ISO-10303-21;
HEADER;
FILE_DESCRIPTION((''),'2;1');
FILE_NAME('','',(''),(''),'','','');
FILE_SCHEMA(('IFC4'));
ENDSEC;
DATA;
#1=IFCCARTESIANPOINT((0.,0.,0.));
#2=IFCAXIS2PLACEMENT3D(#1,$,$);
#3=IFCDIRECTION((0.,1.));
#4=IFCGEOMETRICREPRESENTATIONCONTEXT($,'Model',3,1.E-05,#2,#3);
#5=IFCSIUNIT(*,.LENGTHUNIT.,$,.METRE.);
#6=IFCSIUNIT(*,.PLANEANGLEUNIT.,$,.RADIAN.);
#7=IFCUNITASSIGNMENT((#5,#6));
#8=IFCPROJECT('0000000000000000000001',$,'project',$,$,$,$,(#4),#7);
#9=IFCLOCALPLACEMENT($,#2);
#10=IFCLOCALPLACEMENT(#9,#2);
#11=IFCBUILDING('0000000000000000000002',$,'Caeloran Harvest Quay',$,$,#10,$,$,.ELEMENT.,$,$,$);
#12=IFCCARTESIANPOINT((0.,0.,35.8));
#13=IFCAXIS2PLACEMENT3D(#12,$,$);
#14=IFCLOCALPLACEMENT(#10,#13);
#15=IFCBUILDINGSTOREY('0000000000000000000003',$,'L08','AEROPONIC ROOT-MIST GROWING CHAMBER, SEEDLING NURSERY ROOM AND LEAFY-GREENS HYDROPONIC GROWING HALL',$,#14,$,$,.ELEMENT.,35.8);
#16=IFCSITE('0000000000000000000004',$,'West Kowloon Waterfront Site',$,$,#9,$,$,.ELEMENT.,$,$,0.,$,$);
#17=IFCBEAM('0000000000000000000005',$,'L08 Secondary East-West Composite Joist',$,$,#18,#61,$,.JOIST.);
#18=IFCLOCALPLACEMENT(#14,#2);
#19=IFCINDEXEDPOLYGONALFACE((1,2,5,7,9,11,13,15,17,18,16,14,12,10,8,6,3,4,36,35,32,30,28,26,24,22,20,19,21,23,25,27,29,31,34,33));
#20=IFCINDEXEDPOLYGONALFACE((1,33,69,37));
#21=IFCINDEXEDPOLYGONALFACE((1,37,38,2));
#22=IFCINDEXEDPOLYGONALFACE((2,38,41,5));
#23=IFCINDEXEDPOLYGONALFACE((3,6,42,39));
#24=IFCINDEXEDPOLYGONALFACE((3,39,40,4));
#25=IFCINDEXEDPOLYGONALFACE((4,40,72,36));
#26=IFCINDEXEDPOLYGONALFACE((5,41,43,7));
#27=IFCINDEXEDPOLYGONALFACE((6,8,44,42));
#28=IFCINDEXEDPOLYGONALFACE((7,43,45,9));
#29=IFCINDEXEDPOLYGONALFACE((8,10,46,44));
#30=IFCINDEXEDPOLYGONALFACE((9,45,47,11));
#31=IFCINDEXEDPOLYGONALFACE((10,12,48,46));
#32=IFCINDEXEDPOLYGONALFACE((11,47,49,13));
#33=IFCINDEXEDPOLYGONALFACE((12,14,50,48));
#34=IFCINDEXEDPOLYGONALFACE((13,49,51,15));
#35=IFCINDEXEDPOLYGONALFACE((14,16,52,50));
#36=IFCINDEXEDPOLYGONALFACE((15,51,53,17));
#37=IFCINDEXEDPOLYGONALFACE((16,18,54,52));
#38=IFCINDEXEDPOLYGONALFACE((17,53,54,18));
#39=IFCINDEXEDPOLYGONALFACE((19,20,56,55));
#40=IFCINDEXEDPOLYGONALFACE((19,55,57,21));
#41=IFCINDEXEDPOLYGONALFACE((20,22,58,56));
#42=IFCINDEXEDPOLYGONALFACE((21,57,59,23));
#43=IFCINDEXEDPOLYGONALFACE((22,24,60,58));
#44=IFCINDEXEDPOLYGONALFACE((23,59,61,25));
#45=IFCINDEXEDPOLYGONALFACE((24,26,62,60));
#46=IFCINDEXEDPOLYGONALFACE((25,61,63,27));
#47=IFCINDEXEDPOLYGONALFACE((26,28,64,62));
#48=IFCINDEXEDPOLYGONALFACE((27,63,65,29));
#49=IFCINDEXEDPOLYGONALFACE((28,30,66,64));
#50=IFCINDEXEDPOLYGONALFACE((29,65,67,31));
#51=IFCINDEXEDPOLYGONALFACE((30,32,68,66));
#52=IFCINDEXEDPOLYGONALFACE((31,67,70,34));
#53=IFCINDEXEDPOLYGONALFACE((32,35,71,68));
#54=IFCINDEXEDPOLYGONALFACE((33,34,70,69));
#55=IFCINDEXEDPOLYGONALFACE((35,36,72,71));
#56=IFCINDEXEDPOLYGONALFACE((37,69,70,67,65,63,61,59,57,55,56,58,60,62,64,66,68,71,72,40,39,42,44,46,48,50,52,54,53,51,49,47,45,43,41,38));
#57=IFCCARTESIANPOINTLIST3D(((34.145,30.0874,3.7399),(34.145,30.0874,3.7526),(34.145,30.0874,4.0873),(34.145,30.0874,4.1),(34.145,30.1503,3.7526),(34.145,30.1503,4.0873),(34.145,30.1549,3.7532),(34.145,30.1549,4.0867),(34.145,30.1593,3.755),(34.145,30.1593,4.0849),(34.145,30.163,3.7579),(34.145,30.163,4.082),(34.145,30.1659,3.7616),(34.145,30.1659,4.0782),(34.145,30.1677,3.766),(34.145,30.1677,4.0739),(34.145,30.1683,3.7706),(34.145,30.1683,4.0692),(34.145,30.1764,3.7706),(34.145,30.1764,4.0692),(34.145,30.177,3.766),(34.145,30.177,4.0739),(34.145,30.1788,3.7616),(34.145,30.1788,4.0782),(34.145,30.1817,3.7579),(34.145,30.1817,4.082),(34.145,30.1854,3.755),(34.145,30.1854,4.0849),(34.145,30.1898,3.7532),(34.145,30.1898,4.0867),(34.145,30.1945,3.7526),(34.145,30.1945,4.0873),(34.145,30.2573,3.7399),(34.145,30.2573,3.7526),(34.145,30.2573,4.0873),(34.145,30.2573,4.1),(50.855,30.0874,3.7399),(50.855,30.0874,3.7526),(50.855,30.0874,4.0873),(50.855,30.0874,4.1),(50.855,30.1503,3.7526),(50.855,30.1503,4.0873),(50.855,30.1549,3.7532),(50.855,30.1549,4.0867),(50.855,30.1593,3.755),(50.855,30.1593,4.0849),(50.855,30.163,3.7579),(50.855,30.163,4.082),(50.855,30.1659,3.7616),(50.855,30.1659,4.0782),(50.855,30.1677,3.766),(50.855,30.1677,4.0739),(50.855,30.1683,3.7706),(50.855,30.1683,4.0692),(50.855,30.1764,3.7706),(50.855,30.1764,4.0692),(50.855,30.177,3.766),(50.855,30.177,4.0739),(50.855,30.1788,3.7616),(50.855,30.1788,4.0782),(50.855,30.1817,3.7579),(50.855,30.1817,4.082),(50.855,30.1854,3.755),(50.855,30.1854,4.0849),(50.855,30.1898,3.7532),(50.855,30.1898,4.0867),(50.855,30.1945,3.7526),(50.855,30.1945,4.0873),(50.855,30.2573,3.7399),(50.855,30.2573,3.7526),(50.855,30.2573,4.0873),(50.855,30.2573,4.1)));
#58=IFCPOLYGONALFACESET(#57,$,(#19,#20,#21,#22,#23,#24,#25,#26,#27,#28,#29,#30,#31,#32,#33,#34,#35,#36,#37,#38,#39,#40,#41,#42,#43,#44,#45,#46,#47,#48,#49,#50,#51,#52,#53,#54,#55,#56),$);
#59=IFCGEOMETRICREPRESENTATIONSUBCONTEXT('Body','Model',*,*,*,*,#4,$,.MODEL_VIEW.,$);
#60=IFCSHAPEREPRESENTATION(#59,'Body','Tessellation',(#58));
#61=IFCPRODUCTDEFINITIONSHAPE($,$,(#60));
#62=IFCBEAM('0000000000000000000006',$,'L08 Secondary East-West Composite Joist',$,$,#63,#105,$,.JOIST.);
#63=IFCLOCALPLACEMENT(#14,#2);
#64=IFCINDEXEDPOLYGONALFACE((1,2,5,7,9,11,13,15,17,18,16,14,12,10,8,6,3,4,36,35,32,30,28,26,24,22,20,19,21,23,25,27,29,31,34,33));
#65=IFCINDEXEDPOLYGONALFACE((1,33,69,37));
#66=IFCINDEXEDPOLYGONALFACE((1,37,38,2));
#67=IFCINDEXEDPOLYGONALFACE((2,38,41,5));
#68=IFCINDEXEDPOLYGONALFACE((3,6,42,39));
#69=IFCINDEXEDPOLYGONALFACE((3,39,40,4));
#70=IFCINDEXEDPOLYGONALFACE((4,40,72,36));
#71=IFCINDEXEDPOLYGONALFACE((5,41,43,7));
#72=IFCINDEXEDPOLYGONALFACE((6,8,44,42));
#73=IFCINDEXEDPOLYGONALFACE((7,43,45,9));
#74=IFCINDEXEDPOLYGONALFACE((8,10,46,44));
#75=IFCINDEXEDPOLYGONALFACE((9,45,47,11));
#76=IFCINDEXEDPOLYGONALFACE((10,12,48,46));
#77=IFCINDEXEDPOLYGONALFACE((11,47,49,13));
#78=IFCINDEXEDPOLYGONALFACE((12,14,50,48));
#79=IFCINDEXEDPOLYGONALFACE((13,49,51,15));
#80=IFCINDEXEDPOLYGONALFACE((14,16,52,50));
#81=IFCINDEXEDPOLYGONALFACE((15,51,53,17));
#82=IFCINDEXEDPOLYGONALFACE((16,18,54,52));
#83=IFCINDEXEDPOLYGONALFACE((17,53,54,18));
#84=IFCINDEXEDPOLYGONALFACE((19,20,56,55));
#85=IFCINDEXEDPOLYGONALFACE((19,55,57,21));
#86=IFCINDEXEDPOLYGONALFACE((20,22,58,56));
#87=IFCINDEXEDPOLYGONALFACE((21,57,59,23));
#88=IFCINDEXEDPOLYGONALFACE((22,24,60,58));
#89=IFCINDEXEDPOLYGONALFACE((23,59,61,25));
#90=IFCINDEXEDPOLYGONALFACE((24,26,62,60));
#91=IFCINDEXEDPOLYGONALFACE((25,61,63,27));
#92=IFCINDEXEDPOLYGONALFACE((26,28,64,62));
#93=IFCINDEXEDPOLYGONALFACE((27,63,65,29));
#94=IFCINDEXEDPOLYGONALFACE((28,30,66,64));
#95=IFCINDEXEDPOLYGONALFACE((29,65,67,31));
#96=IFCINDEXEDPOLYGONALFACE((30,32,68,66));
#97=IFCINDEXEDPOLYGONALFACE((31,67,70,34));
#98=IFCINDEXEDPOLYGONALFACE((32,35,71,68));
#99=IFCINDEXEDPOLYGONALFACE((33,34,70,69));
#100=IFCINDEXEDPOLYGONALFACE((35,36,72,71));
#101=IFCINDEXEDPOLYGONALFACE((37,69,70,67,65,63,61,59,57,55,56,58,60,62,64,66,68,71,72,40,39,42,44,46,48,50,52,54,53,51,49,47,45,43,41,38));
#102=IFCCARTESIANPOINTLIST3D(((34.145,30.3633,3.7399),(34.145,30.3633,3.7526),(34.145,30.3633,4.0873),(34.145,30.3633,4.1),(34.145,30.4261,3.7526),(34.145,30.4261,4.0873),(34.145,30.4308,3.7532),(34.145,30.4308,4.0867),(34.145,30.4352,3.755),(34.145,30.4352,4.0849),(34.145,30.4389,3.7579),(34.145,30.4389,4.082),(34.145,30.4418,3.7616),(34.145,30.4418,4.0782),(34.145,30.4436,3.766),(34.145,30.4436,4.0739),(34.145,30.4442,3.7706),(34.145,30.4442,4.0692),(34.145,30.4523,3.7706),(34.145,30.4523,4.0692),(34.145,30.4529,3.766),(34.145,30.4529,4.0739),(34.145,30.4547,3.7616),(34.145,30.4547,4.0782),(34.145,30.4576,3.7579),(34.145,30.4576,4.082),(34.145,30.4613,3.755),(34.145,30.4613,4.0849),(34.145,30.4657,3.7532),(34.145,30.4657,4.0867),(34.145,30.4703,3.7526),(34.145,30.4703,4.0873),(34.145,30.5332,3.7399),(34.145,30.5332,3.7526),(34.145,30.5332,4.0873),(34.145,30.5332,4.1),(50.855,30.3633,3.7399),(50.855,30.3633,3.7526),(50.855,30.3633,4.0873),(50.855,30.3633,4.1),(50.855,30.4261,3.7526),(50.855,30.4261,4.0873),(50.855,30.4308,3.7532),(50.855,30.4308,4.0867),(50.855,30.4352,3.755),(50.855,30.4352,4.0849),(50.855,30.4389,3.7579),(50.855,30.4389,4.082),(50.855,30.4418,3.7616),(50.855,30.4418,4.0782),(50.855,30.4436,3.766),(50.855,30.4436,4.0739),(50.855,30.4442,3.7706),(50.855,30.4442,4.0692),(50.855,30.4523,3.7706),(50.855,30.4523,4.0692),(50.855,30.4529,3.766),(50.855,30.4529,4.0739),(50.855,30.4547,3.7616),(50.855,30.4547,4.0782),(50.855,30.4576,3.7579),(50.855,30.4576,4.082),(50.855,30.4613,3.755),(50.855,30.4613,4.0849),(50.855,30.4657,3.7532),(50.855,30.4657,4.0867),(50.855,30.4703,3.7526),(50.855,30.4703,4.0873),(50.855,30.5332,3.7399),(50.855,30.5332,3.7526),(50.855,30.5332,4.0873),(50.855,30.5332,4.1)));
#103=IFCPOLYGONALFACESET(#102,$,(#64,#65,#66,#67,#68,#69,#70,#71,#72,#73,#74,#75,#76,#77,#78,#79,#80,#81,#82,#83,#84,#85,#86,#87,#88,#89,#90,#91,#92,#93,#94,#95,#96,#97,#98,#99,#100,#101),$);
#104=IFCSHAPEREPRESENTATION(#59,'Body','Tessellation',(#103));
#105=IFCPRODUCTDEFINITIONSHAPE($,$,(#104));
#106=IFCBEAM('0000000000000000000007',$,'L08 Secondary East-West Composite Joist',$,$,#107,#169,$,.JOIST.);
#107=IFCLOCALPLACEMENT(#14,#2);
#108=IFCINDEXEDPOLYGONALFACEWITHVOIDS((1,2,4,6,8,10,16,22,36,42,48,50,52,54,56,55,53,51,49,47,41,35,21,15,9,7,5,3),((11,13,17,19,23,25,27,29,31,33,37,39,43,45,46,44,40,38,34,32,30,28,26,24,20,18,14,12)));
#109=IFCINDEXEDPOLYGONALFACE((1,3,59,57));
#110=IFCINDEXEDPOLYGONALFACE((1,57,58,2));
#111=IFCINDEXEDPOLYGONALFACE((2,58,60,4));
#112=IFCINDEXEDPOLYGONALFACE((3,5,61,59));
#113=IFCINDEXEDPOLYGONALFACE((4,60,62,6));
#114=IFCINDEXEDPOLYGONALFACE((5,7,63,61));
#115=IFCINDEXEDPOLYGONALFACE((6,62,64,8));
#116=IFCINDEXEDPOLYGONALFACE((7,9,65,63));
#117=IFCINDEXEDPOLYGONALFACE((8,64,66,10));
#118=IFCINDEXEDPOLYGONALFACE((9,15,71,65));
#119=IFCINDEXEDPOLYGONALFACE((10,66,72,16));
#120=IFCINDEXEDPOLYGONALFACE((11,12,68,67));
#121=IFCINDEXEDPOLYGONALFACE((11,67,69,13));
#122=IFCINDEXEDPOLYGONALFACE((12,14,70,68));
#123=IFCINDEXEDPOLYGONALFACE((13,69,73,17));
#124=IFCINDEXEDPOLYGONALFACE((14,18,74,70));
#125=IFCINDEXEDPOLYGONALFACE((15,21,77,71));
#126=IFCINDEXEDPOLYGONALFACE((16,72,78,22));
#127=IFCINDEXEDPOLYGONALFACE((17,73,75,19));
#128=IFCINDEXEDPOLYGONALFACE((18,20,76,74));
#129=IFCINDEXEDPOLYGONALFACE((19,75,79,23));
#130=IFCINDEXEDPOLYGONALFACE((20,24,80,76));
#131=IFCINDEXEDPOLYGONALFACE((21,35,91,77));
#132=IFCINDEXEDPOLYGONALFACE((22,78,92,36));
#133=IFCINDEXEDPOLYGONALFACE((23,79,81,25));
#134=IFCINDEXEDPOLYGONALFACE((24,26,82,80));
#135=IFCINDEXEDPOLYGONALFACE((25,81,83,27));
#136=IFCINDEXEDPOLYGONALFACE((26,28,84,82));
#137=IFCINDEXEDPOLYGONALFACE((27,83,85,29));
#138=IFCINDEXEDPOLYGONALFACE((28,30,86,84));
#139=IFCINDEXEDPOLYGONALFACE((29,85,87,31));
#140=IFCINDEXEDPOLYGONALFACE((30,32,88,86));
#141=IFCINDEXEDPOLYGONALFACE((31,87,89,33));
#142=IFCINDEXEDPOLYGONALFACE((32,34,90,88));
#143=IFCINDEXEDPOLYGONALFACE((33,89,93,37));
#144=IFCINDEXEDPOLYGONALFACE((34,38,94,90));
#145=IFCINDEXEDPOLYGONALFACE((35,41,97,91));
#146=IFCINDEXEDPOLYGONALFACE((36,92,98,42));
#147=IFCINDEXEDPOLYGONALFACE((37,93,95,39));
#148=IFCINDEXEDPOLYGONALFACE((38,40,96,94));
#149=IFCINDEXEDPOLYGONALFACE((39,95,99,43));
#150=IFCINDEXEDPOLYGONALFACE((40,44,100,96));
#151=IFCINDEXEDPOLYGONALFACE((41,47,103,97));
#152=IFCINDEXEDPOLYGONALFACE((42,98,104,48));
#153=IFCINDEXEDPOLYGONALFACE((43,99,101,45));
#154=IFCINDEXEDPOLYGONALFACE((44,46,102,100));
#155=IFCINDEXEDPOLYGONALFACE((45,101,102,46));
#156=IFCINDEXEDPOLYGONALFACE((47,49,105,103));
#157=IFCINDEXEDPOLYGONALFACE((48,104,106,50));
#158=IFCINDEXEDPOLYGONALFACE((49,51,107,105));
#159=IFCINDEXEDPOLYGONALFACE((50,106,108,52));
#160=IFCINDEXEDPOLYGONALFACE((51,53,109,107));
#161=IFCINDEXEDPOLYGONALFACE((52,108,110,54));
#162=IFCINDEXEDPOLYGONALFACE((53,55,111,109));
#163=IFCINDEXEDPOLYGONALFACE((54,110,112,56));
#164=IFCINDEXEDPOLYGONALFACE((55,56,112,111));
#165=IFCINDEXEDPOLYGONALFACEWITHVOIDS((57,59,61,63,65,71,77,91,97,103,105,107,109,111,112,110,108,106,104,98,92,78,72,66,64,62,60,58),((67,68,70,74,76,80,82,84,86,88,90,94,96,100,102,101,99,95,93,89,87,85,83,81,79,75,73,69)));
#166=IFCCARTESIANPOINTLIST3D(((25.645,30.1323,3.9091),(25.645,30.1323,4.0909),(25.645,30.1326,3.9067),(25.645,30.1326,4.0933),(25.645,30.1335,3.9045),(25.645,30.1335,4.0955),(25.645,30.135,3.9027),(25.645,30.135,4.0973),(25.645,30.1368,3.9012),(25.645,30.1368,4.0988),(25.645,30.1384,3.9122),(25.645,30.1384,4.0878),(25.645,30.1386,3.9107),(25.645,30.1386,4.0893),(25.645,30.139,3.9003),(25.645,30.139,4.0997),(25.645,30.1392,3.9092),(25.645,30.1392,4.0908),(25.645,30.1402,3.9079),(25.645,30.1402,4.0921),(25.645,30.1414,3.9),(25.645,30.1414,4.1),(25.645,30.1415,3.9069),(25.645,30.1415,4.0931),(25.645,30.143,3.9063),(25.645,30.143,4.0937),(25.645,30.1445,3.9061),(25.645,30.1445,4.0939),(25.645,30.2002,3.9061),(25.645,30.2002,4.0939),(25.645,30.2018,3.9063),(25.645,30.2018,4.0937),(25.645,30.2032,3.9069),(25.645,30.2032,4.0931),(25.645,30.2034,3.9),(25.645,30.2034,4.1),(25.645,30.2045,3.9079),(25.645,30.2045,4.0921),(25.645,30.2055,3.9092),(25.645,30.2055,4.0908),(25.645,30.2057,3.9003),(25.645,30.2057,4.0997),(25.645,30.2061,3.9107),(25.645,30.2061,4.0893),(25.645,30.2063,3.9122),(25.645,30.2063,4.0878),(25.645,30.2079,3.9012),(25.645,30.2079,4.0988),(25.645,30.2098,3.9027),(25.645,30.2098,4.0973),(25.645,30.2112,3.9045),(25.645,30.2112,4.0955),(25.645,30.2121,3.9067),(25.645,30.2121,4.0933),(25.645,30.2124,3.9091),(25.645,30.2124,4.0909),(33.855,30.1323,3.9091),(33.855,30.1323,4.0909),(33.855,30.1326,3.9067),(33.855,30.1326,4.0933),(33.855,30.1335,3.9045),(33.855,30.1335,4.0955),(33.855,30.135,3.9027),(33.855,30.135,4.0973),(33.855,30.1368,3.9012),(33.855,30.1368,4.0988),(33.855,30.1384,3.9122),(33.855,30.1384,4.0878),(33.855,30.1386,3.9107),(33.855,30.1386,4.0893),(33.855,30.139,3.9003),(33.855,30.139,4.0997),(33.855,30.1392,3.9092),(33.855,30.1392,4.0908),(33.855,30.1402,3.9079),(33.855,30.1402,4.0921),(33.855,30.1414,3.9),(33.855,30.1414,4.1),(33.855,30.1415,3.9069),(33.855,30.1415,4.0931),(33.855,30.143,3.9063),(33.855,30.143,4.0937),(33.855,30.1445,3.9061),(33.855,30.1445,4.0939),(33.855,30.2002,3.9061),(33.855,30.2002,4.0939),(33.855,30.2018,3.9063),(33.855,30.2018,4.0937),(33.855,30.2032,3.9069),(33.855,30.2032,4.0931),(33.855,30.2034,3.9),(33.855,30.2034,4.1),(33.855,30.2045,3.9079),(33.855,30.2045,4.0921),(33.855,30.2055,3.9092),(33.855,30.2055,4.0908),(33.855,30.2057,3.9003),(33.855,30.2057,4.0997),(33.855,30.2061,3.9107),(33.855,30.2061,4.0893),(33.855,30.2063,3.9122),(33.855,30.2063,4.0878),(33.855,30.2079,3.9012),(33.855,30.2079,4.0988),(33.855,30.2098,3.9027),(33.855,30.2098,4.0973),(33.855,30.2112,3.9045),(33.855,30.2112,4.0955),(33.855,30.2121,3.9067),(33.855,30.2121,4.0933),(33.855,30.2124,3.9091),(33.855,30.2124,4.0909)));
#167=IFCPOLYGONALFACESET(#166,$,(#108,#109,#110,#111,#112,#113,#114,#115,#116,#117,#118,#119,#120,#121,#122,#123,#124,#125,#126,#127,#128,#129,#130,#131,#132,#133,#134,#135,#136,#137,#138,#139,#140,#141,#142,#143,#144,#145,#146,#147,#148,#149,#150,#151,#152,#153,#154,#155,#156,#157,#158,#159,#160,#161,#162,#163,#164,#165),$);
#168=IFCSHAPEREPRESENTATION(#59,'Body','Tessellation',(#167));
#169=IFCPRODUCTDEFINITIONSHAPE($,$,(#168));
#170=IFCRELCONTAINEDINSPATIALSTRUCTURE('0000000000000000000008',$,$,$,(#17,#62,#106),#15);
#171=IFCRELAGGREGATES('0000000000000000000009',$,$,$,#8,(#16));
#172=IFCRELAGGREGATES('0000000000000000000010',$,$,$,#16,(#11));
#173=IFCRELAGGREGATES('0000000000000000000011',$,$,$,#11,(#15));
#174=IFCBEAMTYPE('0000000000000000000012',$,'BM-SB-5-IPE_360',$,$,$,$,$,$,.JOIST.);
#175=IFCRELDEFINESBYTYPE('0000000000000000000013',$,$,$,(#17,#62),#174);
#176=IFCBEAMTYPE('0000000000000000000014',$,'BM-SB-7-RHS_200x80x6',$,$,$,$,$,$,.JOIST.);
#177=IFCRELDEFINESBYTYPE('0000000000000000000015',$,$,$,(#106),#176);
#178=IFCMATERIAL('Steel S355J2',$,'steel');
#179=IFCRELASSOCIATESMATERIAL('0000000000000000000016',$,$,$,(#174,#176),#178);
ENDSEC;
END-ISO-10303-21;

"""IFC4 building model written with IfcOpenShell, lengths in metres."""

from ifc_helpers import new_model, si_unit, direction, frame, origin, origin_2d, place, context, subcontext, project, spatial, hollow_rectangle, i_section, extrude, material, material_profile, profile_set, type_object, element, save


model = new_model("IFC4")

# Units and contexts
model_context = context("Model", 3, precision=1e-05, world=origin(), true_north=direction((0.0, 1.0)))
body_context = subcontext(model_context, "Body", "Model", "MODEL_VIEW")
ifc_project = project(units=[si_unit("LENGTHUNIT", "METRE"), si_unit("PLANEANGLEUNIT", "RADIAN")], contexts=[model_context])

# Site, building, storey
site_placement = place(None, origin())
site = spatial("IfcSite", under=ifc_project, at=site_placement, Name="West Kowloon Waterfront Site", CompositionType="ELEMENT", RefElevation=0.0)
building_placement = place(site_placement, origin())
building = spatial("IfcBuilding", under=site, at=building_placement, Name="Caeloran Harvest Quay", CompositionType="ELEMENT")
storey_placement = place(building_placement, frame((0.0, 0.0, 35.8)))
storey = spatial("IfcBuildingStorey", under=building, at=storey_placement, Name="L08", Description="AEROPONIC ROOT-MIST GROWING CHAMBER, SEEDLING NURSERY ROOM AND LEAFY-GREENS HYDROPONIC GROWING HALL", CompositionType="ELEMENT", Elevation=35.8)

# Beams
ifc_material_1 = material(Name="Steel S355J2", Category="steel")
ifc_material_profile_1 = material_profile(ifc_material_1, i_section(OverallWidth=0.1699, OverallDepth=0.3601, WebThickness=0.0081, FlangeThickness=0.0127, FilletRadius=0.0181, at=origin_2d()), Name="IPE 360")
ifc_profile_set_1 = profile_set([ifc_material_profile_1], Name="Steel S355J2")
beam_type_1 = type_object("IfcBeamType", Name="BM-SB-5-IPE_360", PredefinedType="JOIST", material=ifc_profile_set_1)
for number, where, z_axis, x_axis, name in (
    (1, (34.145, 30.1724, 3.9199), (1.0, 0.0, 0.0), (0.0, 1.0, 0.0), "L08 Secondary East-West Composite Joist"),
    (2, (34.145, 30.4482, 3.9199), (1.0, 0.0, 0.0), (0.0, 1.0, 0.0), "L08 Secondary East-West Composite Joist"),
):
    element("IfcBeam", number, at=place(storey_placement, frame(where, z_axis=z_axis, x_axis=x_axis)), inside=storey, type_object=beam_type_1, Name=name, PredefinedType="JOIST", context=body_context, shape_type="SweptSolid", body=[
        extrude(i_section(OverallWidth=0.1699, OverallDepth=0.3601, WebThickness=0.0081, FlangeThickness=0.0127, FilletRadius=0.0181, at=origin_2d()), origin(), (0.0, 0.0, 1.0), 16.71),
    ])
ifc_material_profile_2 = material_profile(ifc_material_1, hollow_rectangle(XDim=0.0801, YDim=0.2, WallThickness=0.0061, InnerFilletRadius=0.0061, OuterFilletRadius=0.009, at=origin_2d()), Name="RHS 200x80x6")
ifc_profile_set_2 = profile_set([ifc_material_profile_2], Name="Steel S355J2")
beam_type_2 = type_object("IfcBeamType", Name="BM-SB-7-RHS_200x80x6", PredefinedType="JOIST", material=ifc_profile_set_2)
beam_1_placement = place(storey_placement, frame((25.645, 30.1724, 4.0), z_axis=(1.0, 0.0, 0.0), x_axis=(0.0, 1.0, 0.0)))
element("IfcBeam", 3, at=beam_1_placement, inside=storey, type_object=beam_type_2, Name="L08 Secondary East-West Composite Joist", PredefinedType="JOIST", context=body_context, shape_type="SweptSolid", body=[
    extrude(hollow_rectangle(XDim=0.0801, YDim=0.2, WallThickness=0.0061, InnerFilletRadius=0.0061, OuterFilletRadius=0.009, at=origin_2d()), origin(), (0.0, 0.0, 1.0), 8.21),
])

save(model, "model.ifc")
